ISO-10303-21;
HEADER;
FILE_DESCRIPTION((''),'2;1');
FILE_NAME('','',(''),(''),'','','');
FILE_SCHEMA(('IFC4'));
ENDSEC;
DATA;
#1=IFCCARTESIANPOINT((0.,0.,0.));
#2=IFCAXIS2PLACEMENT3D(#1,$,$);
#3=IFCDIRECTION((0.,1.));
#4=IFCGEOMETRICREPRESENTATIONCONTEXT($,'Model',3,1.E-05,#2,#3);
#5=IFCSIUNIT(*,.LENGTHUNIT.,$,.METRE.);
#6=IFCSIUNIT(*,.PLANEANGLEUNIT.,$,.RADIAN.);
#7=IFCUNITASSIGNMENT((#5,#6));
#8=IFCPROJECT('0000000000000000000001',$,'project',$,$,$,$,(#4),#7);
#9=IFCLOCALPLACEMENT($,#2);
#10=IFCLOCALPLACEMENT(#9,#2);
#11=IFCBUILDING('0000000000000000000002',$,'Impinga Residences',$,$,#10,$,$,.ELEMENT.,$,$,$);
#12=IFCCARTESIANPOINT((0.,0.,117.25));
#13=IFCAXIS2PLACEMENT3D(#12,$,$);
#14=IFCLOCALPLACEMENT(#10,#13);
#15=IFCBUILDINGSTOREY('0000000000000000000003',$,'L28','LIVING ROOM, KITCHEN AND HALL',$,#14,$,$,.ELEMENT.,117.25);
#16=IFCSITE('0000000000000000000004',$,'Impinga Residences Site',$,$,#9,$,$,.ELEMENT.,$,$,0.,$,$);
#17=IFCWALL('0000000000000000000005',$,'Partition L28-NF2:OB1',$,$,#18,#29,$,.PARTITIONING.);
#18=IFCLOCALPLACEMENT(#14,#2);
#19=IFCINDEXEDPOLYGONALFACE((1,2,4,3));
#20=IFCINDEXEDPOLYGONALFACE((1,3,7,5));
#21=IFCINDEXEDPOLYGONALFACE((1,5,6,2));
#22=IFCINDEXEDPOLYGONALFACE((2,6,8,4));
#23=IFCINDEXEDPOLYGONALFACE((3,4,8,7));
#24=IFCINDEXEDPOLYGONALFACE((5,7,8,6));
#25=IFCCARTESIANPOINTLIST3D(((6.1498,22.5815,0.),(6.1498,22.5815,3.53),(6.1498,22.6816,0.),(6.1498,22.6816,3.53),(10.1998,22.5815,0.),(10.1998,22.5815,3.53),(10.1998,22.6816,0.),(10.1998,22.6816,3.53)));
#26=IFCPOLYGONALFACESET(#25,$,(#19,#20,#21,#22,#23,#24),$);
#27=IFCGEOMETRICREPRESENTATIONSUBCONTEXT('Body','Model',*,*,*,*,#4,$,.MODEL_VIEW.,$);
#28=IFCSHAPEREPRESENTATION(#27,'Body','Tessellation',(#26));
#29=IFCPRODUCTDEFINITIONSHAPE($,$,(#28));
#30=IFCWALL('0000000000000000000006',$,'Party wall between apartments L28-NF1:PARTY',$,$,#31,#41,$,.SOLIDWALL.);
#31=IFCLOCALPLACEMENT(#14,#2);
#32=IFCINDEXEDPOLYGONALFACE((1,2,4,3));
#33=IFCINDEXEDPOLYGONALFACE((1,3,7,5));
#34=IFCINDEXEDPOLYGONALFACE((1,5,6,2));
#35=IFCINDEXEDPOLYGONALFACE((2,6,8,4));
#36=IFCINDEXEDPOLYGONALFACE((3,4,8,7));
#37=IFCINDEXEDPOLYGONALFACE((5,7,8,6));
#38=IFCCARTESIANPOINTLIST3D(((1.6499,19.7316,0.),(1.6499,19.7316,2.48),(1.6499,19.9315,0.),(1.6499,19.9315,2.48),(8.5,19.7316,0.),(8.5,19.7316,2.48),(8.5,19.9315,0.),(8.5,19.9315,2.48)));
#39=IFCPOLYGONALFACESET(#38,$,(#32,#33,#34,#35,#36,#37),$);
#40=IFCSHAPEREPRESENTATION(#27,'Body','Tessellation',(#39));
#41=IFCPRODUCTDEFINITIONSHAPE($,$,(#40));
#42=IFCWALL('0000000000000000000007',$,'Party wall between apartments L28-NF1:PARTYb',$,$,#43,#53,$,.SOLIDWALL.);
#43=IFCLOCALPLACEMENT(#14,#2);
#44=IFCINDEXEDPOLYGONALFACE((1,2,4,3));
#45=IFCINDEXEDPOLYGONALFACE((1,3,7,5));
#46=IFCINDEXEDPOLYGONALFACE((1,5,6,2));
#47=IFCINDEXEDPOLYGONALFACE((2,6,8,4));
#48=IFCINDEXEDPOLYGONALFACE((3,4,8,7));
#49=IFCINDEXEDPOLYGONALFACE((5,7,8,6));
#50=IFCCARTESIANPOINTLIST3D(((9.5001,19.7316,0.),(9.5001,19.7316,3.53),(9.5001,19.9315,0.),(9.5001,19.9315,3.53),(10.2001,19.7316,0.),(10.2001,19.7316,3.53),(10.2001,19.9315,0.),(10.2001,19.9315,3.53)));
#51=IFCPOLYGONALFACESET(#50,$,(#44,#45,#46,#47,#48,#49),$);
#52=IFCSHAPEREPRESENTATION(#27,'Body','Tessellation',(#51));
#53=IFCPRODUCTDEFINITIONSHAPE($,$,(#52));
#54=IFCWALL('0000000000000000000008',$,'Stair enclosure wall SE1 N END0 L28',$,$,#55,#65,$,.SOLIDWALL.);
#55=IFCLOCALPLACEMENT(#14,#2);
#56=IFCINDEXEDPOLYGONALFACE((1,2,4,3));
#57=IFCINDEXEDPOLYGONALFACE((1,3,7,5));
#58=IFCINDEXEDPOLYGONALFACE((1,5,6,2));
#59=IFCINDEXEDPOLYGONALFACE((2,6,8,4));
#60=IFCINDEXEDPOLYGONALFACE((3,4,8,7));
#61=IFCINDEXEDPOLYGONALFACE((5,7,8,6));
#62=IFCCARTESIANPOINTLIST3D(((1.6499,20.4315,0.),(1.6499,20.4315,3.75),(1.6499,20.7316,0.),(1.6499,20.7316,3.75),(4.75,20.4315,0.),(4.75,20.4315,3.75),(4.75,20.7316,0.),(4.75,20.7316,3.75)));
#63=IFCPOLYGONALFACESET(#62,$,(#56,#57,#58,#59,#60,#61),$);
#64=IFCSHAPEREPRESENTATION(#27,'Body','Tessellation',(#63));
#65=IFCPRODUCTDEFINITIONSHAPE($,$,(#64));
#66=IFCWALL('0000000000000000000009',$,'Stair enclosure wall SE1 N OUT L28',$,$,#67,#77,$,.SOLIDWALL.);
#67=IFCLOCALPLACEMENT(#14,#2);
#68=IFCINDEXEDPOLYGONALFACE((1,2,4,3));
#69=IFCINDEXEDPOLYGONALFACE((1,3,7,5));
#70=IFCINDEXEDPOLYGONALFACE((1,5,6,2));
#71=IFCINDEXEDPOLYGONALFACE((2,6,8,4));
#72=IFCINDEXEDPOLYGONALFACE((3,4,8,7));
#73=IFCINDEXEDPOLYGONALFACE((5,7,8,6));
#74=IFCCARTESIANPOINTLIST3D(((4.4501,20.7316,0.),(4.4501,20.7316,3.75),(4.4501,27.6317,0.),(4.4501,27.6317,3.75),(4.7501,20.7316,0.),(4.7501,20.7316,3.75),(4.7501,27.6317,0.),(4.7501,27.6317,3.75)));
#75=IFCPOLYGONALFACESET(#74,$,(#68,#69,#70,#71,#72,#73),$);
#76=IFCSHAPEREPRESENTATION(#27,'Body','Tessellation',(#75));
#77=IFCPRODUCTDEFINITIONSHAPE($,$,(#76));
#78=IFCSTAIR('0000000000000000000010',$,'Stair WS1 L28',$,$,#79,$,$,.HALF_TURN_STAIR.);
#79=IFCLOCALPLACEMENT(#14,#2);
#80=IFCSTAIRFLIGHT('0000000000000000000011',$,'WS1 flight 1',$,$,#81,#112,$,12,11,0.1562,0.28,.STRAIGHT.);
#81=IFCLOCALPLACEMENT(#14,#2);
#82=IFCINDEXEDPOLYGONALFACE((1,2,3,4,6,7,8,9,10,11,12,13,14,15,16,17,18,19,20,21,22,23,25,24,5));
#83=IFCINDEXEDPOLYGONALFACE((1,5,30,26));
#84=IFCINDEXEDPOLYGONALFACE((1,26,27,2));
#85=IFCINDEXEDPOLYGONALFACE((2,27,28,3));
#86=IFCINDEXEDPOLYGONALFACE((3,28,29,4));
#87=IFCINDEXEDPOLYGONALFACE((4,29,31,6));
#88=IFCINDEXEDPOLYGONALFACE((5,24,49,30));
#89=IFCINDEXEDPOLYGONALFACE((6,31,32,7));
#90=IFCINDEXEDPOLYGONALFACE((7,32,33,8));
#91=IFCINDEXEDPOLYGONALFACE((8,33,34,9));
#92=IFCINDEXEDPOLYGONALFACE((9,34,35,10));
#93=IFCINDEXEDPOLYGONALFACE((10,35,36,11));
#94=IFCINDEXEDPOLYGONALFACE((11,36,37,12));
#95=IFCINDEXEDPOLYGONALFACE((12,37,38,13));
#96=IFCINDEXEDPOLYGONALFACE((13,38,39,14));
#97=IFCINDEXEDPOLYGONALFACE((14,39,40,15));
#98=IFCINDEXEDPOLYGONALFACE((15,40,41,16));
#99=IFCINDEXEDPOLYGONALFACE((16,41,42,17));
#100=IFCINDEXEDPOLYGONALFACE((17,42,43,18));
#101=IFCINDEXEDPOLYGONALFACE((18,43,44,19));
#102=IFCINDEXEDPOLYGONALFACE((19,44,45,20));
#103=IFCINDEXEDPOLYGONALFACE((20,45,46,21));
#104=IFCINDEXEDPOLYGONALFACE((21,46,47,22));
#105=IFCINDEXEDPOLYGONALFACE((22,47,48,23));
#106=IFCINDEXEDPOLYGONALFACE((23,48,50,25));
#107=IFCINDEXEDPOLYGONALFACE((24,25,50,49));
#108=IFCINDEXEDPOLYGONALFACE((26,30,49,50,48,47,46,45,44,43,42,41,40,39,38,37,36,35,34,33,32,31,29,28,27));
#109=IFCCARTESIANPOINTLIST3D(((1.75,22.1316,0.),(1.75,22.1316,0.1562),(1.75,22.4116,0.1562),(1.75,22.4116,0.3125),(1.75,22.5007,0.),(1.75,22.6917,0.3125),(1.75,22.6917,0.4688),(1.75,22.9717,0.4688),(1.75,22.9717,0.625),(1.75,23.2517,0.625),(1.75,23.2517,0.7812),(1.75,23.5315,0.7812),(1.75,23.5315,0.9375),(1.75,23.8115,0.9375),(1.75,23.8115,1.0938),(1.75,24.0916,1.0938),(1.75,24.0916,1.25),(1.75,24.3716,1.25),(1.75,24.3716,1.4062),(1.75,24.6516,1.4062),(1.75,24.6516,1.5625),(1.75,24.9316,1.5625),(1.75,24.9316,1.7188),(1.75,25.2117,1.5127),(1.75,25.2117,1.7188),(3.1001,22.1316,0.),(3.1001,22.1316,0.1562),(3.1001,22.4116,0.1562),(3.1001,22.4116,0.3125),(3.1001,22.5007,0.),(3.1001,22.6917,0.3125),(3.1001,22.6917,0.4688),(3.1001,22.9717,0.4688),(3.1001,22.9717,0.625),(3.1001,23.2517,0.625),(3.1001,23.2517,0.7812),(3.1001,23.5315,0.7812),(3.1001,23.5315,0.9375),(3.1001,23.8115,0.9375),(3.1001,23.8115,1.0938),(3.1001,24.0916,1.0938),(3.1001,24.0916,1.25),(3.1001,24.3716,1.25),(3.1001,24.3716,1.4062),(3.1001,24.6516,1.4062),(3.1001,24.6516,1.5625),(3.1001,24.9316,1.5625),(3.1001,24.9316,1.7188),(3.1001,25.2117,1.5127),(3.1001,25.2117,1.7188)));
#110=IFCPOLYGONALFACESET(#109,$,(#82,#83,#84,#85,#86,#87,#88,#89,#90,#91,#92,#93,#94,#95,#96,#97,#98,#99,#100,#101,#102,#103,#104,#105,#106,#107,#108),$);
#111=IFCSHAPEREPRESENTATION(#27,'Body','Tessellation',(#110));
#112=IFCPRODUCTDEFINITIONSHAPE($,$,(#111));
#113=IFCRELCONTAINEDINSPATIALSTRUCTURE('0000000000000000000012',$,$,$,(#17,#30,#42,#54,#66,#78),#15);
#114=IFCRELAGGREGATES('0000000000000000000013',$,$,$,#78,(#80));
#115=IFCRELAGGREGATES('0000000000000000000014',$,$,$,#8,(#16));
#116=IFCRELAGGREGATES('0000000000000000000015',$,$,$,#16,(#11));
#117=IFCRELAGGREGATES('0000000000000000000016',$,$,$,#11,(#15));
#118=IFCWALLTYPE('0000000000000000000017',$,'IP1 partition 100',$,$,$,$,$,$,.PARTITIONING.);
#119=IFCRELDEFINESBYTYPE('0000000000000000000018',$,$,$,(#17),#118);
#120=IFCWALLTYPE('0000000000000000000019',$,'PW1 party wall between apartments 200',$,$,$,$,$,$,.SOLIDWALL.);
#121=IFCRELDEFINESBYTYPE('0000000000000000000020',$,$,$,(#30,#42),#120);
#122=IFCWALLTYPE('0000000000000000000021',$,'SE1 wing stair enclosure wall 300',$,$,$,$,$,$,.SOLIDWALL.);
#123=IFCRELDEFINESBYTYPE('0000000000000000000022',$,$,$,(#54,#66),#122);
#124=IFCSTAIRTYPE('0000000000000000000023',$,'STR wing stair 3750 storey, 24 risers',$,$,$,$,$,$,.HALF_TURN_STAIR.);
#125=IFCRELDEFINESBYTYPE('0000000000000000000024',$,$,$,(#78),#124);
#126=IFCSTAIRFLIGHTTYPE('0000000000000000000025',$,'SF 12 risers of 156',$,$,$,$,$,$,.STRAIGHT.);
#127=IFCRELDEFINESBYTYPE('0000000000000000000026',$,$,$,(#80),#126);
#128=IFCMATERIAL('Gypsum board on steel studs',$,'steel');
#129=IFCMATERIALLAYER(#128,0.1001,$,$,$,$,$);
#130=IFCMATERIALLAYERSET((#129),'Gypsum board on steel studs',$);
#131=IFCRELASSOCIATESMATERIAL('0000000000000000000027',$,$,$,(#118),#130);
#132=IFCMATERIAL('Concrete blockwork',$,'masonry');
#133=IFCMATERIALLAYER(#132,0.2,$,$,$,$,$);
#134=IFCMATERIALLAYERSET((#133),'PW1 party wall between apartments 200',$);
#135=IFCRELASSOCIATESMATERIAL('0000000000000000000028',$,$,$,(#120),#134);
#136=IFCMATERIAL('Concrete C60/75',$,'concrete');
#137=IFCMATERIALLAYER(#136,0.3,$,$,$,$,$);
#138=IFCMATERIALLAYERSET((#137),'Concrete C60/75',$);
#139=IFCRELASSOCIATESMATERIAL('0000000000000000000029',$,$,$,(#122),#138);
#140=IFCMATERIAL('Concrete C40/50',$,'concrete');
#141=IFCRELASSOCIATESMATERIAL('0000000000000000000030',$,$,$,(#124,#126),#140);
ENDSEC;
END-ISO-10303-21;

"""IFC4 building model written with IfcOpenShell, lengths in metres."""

from ifc_helpers import new_model, si_unit, direction, frame, frame_2d, origin, place, context, subcontext, project, spatial, polyline, rectangle, outline, extrude, material, layer, layer_set, type_object, element, aggregate, save


model = new_model("IFC4")

# Units and contexts
model_context = context("Model", 3, precision=1e-05, world=origin(), true_north=direction((0.0, 1.0)))
body_context = subcontext(model_context, "Body", "Model", "MODEL_VIEW")
ifc_project = project(units=[si_unit("LENGTHUNIT", "METRE"), si_unit("PLANEANGLEUNIT", "RADIAN")], contexts=[model_context])

# Site, building, storey
site_placement = place(None, origin())
site = spatial("IfcSite", under=ifc_project, at=site_placement, Name="Impinga Residences Site", CompositionType="ELEMENT", RefElevation=0.0)
building_placement = place(site_placement, origin())
building = spatial("IfcBuilding", under=site, at=building_placement, Name="Impinga Residences", CompositionType="ELEMENT")
storey_placement = place(building_placement, frame((0.0, 0.0, 117.25)))
storey = spatial("IfcBuildingStorey", under=building, at=storey_placement, Name="L28", Description="LIVING ROOM, KITCHEN AND HALL", CompositionType="ELEMENT", Elevation=117.25)

# Shared definitions
ifc_material_1 = material(Name="Concrete C60/75", Category="concrete")

# Shared definitions
ifc_material_2 = material(Name="Gypsum board on steel studs", Category="steel")
ifc_layer_1 = layer(ifc_material_2, 0.1001)
ifc_layer_set_1 = layer_set([ifc_layer_1], Name="Gypsum board on steel studs")
wall_type_1 = type_object("IfcWallType", Name="IP1 partition 100", PredefinedType="PARTITIONING", material=ifc_layer_set_1)

# Walls
wall_1_placement = place(storey_placement, frame((6.1499, 22.6316, 0.0), z_axis=(0.0, 0.0, 1.0), x_axis=(1.0, 0.0, 0.0)))
element("IfcWall", 1, at=wall_1_placement, inside=storey, type_object=wall_type_1, Name="Partition L28-NF2:OB1", PredefinedType="PARTITIONING", context=body_context, shape_type="SweptSolid", body=[
    extrude(rectangle(XDim=4.05, YDim=0.1001, at=frame_2d((2.0249, 0.0))), origin(), (0.0, 0.0, 1.0), 3.53),
])
ifc_material_3 = material(Name="Concrete blockwork", Category="masonry")
ifc_layer_2 = layer(ifc_material_3, 0.2)
ifc_layer_set_2 = layer_set([ifc_layer_2], Name="PW1 party wall between apartments 200")
wall_type_2 = type_object("IfcWallType", Name="PW1 party wall between apartments 200", PredefinedType="SOLIDWALL", material=ifc_layer_set_2)
wall_2_placement = place(storey_placement, frame((1.6499, 19.8315, 0.0), z_axis=(0.0, 0.0, 1.0), x_axis=(1.0, 0.0, 0.0)))
element("IfcWall", 2, at=wall_2_placement, inside=storey, type_object=wall_type_2, Name="Party wall between apartments L28-NF1:PARTY", PredefinedType="SOLIDWALL", context=body_context, shape_type="SweptSolid", body=[
    extrude(rectangle(XDim=6.8501, YDim=0.2, at=frame_2d((3.425, 0.0))), origin(), (0.0, 0.0, 1.0), 2.48),
])
wall_3_placement = place(storey_placement, frame((9.5, 19.8315, 0.0), z_axis=(0.0, 0.0, 1.0), x_axis=(1.0, 0.0, 0.0)))
element("IfcWall", 3, at=wall_3_placement, inside=storey, type_object=wall_type_2, Name="Party wall between apartments L28-NF1:PARTYb", PredefinedType="SOLIDWALL", context=body_context, shape_type="SweptSolid", body=[
    extrude(rectangle(XDim=0.7, YDim=0.2, at=frame_2d((0.3501, 0.0))), origin(), (0.0, 0.0, 1.0), 3.53),
])
ifc_layer_3 = layer(ifc_material_1, 0.3)
ifc_layer_set_3 = layer_set([ifc_layer_3], Name="Concrete C60/75")
wall_type_3 = type_object("IfcWallType", Name="SE1 wing stair enclosure wall 300", PredefinedType="SOLIDWALL", material=ifc_layer_set_3)
wall_4_placement = place(storey_placement, frame((1.6499, 20.5815, 0.0), z_axis=(0.0, 0.0, 1.0), x_axis=(1.0, 0.0, 0.0)))
element("IfcWall", 4, at=wall_4_placement, inside=storey, type_object=wall_type_3, Name="Stair enclosure wall SE1 N END0 L28", PredefinedType="SOLIDWALL", context=body_context, shape_type="SweptSolid", body=[
    extrude(rectangle(XDim=3.1001, YDim=0.3, at=frame_2d((1.55, 0.0))), origin(), (0.0, 0.0, 1.0), 3.75),
])
wall_5_placement = place(storey_placement, frame((4.6001, 20.7314, 0.0), z_axis=(0.0, 0.0, 1.0), x_axis=(0.0, 1.0, 0.0)))
element("IfcWall", 5, at=wall_5_placement, inside=storey, type_object=wall_type_3, Name="Stair enclosure wall SE1 N OUT L28", PredefinedType="SOLIDWALL", context=body_context, shape_type="SweptSolid", body=[
    extrude(rectangle(XDim=6.9001, YDim=0.3, at=frame_2d((3.4502, 0.0))), origin(), (0.0, 0.0, 1.0), 3.75),
])

# Stair, stair flight
ifc_material_4 = material(Name="Concrete C40/50", Category="concrete")
stair_type = type_object("IfcStairType", Name="STR wing stair 3750 storey, 24 risers", PredefinedType="HALF_TURN_STAIR", material=ifc_material_4)
stair_placement = place(storey_placement, origin())
stair = element("IfcStair", 6, at=stair_placement, inside=storey, type_object=stair_type, Name="Stair WS1 L28", PredefinedType="HALF_TURN_STAIR")
stair_flight_type = type_object("IfcStairFlightType", Name="SF 12 risers of 156", PredefinedType="STRAIGHT", material=ifc_material_4)
stair_flight_placement = place(storey_placement, frame((2.425, 22.1316, 0.0), z_axis=(0.0, 0.0, 1.0), x_axis=(0.0, 1.0, 0.0)))
stair_flight = element("IfcStairFlight", 7, at=stair_flight_placement, type_object=stair_flight_type, Name="WS1 flight 1", NumberOfRisers=12, NumberOfTreads=11, PredefinedType="STRAIGHT", RiserHeight=0.1562, TreadLength=0.28, context=body_context, shape_type="SweptSolid", body=[
    extrude(outline(polyline([(0.0, 0.0), (0.0, 0.1562), (0.28, 0.1562), (0.28, 0.3125), (0.5601, 0.3125), (0.5601, 0.4688), (0.8401, 0.4688), (0.8401, 0.625), (1.1201, 0.625), (1.1201, 0.7812), (1.3999, 0.7812), (1.3999, 0.9375), (1.6799, 0.9375), (1.6799, 1.0938), (1.96, 1.0938), (1.96, 1.25), (2.24, 1.25), (2.24, 1.4062), (2.52, 1.4062), (2.52, 1.5625), (2.8, 1.5625), (2.8, 1.7188), (3.0801, 1.7188), (3.0801, 1.875), (3.0801, 1.5127), (0.3691, 0.0), (0.0, 0.0)])), frame((0.0, 0.675, 0.0), z_axis=(0.0, -1.0, 0.0), x_axis=(1.0, 0.0, 0.0)), (0.0, 0.0, 1.0), 1.3501),
])
aggregate(stair, [stair_flight])

save(model, "model.ifc")
